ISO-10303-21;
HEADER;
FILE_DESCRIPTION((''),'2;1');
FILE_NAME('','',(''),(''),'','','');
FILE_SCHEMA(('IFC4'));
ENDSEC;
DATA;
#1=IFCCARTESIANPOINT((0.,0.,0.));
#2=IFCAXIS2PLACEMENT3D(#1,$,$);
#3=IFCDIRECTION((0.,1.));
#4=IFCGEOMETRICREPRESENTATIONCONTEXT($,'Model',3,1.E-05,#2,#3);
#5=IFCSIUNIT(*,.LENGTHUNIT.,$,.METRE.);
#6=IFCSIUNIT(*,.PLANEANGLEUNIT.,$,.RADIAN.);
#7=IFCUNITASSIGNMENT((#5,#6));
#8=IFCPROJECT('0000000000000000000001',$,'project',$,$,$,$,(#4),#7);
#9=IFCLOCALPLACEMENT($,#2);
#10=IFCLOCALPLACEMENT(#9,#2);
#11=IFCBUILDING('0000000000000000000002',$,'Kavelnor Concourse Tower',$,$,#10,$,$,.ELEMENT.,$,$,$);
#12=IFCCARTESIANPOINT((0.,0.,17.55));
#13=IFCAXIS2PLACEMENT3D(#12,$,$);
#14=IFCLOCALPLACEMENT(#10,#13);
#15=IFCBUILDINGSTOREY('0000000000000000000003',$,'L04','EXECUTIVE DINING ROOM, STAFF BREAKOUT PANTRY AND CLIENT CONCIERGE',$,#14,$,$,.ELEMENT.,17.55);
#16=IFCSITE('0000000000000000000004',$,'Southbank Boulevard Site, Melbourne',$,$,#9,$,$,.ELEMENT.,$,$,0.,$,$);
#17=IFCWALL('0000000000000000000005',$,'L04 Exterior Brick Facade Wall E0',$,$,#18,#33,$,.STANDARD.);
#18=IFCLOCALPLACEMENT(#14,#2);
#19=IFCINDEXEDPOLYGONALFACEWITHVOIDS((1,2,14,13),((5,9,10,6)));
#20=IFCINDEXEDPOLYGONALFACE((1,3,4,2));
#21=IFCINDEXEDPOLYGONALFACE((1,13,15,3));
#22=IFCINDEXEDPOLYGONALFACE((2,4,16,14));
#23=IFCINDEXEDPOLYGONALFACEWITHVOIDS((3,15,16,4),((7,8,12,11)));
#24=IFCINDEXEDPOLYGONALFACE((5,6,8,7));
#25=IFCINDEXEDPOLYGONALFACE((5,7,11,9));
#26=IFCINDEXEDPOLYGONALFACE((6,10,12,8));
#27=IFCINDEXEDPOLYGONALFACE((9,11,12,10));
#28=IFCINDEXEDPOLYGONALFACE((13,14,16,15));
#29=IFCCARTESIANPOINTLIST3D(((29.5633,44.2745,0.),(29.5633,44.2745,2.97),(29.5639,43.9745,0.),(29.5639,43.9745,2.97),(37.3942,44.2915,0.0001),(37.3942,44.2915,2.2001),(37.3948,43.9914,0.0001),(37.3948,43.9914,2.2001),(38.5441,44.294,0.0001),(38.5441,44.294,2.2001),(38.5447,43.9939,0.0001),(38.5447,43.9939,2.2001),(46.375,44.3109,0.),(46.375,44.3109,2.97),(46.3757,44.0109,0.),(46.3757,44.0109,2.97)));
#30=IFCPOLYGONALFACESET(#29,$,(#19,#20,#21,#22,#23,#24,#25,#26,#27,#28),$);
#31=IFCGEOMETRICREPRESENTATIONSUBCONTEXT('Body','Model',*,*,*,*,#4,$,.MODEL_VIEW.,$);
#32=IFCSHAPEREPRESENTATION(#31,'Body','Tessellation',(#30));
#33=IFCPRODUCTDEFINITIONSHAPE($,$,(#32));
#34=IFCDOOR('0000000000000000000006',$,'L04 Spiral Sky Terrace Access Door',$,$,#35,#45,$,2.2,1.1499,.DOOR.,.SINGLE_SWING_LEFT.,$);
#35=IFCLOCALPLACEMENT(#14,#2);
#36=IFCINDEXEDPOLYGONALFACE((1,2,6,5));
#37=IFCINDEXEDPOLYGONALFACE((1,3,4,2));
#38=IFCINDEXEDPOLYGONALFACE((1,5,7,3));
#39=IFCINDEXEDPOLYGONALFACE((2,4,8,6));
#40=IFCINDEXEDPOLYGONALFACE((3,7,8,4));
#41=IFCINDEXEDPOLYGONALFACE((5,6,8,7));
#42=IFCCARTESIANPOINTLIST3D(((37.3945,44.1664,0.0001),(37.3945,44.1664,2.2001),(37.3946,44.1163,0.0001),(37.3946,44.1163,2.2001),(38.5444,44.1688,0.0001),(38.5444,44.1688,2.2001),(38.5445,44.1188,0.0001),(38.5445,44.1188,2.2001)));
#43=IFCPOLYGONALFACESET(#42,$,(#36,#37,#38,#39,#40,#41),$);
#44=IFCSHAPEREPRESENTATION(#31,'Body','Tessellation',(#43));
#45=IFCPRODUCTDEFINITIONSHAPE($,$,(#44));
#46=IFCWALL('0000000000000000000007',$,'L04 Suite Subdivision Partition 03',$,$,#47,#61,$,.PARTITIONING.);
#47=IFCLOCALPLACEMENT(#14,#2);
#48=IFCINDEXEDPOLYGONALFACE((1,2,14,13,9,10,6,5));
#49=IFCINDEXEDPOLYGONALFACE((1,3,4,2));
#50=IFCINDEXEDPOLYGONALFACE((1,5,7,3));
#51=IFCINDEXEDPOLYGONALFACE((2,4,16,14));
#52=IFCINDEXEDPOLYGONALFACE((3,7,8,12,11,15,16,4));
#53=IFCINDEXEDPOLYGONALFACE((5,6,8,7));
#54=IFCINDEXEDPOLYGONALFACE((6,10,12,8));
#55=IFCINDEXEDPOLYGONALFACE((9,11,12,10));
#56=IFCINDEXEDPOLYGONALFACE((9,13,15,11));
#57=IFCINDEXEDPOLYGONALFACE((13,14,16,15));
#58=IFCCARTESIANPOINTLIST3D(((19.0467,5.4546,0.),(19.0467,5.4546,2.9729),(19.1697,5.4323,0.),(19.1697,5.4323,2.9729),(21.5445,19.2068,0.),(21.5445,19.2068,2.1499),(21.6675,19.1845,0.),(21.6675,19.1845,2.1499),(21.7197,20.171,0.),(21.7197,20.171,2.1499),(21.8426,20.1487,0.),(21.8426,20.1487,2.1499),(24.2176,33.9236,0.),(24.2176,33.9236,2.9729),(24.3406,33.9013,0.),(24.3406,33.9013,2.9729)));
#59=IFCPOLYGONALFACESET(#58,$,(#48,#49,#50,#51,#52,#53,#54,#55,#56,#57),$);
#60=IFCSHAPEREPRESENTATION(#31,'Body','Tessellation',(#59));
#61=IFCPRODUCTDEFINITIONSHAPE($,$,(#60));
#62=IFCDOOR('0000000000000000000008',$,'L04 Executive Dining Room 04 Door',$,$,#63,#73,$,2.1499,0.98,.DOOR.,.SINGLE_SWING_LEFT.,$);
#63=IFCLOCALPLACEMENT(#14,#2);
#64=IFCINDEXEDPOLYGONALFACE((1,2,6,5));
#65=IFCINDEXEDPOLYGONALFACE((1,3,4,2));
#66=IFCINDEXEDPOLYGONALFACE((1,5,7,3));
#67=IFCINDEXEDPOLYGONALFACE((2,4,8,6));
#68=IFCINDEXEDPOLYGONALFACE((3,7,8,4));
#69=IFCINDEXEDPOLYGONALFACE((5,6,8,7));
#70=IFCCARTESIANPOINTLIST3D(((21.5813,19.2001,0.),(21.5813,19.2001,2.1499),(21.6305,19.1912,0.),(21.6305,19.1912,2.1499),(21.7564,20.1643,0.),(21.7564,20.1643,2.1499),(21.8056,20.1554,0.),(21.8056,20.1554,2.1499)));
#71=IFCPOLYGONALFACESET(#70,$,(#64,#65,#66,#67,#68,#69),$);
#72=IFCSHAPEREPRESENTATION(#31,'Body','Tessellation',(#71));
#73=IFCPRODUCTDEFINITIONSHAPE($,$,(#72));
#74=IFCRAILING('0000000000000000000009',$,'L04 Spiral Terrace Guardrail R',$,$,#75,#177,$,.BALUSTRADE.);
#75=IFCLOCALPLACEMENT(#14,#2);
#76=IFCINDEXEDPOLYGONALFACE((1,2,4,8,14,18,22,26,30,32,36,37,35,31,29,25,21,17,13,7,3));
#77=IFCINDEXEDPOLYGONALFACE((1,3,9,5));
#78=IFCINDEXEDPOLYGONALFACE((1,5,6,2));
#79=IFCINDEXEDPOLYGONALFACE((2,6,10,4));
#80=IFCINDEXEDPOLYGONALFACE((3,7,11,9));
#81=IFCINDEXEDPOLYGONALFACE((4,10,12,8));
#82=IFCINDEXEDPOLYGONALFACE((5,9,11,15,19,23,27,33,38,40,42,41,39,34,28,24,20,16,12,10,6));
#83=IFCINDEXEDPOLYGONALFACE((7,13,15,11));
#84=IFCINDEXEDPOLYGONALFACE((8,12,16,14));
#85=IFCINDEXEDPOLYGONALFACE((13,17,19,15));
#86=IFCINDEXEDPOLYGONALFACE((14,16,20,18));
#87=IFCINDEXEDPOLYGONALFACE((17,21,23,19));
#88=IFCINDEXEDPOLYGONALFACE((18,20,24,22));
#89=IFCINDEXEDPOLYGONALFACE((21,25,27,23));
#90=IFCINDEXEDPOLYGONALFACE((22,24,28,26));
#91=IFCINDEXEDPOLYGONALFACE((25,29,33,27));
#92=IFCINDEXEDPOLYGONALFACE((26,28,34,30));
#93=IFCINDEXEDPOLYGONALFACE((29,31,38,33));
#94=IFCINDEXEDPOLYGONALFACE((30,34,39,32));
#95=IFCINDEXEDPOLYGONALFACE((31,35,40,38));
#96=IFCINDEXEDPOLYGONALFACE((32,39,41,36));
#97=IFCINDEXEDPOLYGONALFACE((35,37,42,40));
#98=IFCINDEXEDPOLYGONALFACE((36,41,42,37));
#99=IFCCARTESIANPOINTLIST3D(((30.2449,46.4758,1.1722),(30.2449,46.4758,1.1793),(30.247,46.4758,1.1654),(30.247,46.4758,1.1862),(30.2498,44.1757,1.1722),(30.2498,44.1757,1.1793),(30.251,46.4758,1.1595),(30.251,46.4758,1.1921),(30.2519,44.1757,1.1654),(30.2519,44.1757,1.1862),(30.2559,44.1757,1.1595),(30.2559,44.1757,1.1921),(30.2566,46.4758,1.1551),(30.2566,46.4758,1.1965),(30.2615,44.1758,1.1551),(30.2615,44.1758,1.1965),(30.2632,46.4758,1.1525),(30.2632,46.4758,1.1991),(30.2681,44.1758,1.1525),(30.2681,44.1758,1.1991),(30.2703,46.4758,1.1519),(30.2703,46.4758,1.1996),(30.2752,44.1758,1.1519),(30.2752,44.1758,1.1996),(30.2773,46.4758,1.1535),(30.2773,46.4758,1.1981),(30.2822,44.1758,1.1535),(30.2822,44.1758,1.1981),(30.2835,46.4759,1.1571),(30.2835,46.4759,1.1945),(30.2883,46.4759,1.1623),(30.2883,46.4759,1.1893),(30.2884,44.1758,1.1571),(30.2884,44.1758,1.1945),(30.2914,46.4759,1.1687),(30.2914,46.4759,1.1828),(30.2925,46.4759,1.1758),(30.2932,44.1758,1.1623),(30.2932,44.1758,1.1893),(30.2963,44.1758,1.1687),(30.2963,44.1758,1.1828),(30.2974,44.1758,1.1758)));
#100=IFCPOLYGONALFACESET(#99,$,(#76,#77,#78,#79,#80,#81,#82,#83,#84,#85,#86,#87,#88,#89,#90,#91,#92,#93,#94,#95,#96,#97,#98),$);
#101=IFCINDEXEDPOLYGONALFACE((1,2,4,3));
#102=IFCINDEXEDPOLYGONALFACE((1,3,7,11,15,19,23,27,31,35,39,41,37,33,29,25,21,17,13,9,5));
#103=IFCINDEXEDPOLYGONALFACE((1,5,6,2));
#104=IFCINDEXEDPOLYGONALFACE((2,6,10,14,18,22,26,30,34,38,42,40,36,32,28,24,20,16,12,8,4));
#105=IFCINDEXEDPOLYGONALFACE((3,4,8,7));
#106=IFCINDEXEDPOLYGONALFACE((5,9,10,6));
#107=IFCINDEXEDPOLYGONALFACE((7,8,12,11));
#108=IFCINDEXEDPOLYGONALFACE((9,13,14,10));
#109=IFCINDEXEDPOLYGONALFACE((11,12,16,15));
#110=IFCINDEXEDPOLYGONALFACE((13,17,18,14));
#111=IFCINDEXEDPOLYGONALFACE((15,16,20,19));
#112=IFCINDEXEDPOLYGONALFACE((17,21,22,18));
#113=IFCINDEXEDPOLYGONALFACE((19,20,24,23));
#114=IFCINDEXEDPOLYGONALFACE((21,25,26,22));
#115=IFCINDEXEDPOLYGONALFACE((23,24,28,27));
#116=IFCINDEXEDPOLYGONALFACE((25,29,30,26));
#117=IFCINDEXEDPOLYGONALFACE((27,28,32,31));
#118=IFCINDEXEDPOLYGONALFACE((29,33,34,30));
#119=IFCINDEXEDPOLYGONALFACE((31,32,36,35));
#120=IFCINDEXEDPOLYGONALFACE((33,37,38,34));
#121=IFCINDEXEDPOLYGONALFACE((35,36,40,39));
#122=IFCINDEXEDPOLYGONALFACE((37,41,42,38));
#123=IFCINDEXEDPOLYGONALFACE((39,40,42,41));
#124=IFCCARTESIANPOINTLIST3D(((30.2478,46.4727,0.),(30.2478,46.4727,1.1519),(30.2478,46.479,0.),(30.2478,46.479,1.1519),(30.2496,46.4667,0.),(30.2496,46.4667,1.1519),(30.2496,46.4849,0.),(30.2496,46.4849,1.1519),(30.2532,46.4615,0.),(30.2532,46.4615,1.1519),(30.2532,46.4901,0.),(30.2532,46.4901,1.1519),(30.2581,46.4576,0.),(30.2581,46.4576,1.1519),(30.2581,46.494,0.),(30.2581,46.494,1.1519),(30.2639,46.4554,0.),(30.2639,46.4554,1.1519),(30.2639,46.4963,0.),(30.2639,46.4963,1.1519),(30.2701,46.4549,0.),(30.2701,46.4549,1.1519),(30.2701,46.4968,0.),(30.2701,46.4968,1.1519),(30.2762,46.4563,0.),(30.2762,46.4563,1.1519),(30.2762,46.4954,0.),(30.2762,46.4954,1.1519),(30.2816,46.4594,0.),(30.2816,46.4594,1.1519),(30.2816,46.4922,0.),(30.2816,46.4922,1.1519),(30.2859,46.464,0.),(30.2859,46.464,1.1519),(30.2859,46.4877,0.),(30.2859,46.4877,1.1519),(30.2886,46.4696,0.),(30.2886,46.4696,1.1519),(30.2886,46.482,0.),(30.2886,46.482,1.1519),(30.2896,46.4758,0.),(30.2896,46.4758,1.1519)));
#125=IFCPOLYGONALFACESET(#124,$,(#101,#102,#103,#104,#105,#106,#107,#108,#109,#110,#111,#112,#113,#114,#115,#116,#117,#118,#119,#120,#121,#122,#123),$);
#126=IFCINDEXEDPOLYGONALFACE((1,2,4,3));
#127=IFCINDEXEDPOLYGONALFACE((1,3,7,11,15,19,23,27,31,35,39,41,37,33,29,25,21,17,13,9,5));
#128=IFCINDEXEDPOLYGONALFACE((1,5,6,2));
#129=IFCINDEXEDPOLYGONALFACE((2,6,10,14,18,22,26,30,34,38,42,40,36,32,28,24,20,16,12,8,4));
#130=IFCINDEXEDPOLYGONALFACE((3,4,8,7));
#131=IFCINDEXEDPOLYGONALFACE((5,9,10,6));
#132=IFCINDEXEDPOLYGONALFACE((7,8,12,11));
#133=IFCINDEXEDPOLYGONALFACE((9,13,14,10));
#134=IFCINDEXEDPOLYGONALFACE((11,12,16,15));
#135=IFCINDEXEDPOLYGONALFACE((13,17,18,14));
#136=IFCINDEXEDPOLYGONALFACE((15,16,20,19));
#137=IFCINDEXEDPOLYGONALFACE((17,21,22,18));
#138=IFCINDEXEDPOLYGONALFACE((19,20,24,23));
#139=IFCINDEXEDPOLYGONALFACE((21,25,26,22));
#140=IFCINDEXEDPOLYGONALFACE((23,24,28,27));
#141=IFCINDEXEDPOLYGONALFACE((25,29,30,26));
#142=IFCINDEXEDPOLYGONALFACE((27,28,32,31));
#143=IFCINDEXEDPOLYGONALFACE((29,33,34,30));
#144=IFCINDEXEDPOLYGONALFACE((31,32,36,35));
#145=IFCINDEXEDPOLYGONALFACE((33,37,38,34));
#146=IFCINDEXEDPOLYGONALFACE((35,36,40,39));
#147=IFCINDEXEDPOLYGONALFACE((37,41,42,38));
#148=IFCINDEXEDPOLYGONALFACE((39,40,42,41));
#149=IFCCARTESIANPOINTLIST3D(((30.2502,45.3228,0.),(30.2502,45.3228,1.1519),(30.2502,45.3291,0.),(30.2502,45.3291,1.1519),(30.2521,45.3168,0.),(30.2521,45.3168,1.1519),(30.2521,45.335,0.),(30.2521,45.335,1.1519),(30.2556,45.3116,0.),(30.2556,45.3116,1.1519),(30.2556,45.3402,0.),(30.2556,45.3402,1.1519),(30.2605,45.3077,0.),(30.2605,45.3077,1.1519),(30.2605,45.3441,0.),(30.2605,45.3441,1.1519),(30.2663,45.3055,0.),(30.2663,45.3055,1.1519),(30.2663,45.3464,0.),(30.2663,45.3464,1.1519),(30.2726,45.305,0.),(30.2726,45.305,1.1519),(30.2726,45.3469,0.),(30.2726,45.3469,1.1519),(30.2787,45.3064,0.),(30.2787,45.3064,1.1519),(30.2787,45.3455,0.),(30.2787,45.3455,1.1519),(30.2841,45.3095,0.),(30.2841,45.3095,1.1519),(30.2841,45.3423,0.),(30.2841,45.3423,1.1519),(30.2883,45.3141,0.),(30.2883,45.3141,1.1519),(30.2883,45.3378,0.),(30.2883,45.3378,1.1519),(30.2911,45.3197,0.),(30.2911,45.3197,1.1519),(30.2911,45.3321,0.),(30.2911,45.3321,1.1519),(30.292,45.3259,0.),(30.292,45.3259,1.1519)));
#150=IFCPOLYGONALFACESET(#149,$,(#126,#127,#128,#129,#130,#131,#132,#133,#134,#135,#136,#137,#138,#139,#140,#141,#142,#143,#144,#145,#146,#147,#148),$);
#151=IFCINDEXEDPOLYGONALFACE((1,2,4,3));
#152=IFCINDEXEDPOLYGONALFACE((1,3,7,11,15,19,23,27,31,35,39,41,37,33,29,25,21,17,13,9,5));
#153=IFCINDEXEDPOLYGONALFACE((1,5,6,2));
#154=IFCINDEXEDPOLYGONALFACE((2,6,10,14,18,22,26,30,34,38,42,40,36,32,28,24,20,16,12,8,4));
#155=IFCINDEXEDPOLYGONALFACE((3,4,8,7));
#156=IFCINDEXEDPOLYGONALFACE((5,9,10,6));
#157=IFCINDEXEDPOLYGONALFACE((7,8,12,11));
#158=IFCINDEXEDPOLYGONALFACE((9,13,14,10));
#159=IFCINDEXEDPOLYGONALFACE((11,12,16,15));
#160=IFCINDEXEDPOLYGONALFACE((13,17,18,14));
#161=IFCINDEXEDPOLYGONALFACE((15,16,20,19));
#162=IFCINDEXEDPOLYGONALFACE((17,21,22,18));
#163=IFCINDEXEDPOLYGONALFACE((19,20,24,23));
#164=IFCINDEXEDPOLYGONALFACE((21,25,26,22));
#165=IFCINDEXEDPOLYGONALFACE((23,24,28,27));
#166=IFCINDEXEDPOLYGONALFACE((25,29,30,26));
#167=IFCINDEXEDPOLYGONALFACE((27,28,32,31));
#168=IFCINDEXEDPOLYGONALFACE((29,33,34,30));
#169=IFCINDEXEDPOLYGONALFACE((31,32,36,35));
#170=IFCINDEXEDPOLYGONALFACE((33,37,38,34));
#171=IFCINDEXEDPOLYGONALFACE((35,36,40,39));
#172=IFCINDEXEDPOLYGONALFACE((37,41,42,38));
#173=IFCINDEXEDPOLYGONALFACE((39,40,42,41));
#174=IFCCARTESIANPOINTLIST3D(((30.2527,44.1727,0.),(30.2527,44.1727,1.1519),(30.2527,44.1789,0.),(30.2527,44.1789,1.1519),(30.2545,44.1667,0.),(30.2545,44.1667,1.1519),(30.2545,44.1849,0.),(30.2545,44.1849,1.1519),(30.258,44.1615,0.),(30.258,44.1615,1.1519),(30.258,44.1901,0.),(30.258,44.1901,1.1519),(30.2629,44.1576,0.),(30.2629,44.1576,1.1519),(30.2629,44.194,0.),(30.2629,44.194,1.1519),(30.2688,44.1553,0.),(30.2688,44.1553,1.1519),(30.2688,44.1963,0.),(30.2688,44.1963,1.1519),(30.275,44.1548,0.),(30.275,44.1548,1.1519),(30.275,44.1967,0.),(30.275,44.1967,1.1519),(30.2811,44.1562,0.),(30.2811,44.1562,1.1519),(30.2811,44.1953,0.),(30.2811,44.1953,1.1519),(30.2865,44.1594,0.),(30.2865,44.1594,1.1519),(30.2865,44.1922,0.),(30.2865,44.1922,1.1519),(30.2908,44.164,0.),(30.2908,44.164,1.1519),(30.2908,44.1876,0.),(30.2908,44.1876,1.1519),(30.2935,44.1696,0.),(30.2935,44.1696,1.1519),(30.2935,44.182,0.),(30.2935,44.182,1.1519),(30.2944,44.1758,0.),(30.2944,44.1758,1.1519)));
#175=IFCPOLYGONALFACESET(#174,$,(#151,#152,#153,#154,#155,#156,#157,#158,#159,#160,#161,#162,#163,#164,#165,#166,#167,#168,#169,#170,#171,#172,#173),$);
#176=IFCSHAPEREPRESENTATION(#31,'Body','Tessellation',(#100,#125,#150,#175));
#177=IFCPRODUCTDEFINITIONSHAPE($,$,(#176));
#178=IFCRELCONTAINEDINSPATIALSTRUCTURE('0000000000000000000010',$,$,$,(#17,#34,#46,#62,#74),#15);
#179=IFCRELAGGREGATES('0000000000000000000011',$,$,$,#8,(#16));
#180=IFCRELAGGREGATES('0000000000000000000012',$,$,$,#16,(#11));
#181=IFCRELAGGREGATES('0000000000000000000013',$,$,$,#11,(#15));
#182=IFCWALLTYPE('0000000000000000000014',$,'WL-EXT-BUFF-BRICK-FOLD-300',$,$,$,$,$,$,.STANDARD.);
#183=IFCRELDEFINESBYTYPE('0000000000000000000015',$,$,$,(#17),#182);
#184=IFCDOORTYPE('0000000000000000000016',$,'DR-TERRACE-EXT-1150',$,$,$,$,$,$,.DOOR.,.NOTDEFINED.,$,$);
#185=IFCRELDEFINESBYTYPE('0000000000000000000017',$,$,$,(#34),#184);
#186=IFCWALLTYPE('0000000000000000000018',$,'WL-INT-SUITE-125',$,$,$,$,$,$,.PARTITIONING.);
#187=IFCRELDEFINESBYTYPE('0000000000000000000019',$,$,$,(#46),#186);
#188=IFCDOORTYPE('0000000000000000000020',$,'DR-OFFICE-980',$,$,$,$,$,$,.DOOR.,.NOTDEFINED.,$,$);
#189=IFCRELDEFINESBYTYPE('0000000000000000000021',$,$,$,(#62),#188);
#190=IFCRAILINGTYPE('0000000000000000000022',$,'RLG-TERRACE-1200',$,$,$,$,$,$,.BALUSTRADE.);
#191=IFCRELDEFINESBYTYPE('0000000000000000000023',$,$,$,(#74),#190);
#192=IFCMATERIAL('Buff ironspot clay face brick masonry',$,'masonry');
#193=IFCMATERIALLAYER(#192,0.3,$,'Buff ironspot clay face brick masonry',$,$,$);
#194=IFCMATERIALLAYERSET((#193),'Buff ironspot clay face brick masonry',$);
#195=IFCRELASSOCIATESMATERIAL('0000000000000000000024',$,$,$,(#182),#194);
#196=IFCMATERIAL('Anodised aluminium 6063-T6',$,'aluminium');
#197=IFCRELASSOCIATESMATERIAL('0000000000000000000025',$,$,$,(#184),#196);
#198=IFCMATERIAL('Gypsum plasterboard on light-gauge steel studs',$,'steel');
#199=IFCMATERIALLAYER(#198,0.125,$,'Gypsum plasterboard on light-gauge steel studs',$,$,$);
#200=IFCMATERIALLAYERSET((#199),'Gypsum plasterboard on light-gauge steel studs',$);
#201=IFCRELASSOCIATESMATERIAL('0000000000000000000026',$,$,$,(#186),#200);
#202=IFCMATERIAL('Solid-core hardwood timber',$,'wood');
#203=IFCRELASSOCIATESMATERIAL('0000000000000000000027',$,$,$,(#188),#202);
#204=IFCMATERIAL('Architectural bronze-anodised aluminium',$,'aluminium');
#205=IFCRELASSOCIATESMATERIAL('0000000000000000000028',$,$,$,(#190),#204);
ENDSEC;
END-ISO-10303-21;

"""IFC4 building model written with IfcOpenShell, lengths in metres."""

from ifc_helpers import new_model, si_unit, direction, frame, frame_2d, origin, origin_2d, place, context, subcontext, project, spatial, rectangle, circle, extrude, material, layer, layer_set, type_object, element, fill, save


model = new_model("IFC4")

# Units and contexts
model_context = context("Model", 3, precision=1e-05, world=origin(), true_north=direction((0.0, 1.0)))
body_context = subcontext(model_context, "Body", "Model", "MODEL_VIEW")
ifc_project = project(units=[si_unit("LENGTHUNIT", "METRE"), si_unit("PLANEANGLEUNIT", "RADIAN")], contexts=[model_context])

# Site, building, storey
site_placement = place(None, origin())
site = spatial("IfcSite", under=ifc_project, at=site_placement, Name="Southbank Boulevard Site, Melbourne", CompositionType="ELEMENT", RefElevation=0.0)
building_placement = place(site_placement, origin())
building = spatial("IfcBuilding", under=site, at=building_placement, Name="Kavelnor Concourse Tower", CompositionType="ELEMENT")
storey_placement = place(building_placement, frame((0.0, 0.0, 17.55)))
storey = spatial("IfcBuildingStorey", under=building, at=storey_placement, Name="L04", Description="EXECUTIVE DINING ROOM, STAFF BREAKOUT PANTRY AND CLIENT CONCIERGE", CompositionType="ELEMENT", Elevation=17.55)

# Shared definitions
ifc_material_1 = material(Name="Anodised aluminium 6063-T6", Category="aluminium")

# Walls, openings, doors
ifc_material_2 = material(Name="Buff ironspot clay face brick masonry", Category="masonry")
ifc_layer_1 = layer(ifc_material_2, 0.3, Name="Buff ironspot clay face brick masonry")
ifc_layer_set_1 = layer_set([ifc_layer_1], Name="Buff ironspot clay face brick masonry")
wall_type_1 = type_object("IfcWallType", Name="WL-EXT-BUFF-BRICK-FOLD-300", PredefinedType="STANDARD", material=ifc_layer_set_1)
wall_1_placement = place(storey_placement, frame((29.5637, 44.1245, 0.0), z_axis=(0.0, 0.0, 1.0), x_axis=(0.999998, 0.002164, 0.0)))
wall_1 = element("IfcWall", 1, at=wall_1_placement, inside=storey, type_object=wall_type_1, Name="L04 Exterior Brick Facade Wall E0", PredefinedType="STANDARD", context=body_context, shape_type="SweptSolid", body=[
    extrude(rectangle(XDim=16.8118, YDim=0.3, at=frame_2d((8.4058, 0.0))), origin(), (0.0, 0.0, 1.0), 2.97),
])
opening_1_placement = place(wall_1_placement, frame((7.8308, 0.0, 0.0)))
opening_1 = element("IfcOpeningElement", 2, at=opening_1_placement, cuts=wall_1, PredefinedType="OPENING", context=body_context, shape_type="SweptSolid", body=[
    extrude(rectangle(XDim=1.1499, YDim=2.2, at=frame_2d((0.575, 1.1001))), frame((0.0, 0.1602, 0.0), z_axis=(0.0, -1.0, 0.0), x_axis=(1.0, 0.0, 0.0)), (0.0, 0.0, 1.0), 0.3201),
])
door_type_1 = type_object("IfcDoorType", Name="DR-TERRACE-EXT-1150", OperationType="NOTDEFINED", PredefinedType="DOOR", material=ifc_material_1)
door_1_placement = place(opening_1_placement, origin())
door_1 = element("IfcDoor", 3, at=door_1_placement, inside=storey, type_object=door_type_1, Name="L04 Spiral Sky Terrace Access Door", OperationType="SINGLE_SWING_LEFT", OverallHeight=2.2, OverallWidth=1.1499, PredefinedType="DOOR", context=body_context, shape_type="SweptSolid", body=[
    extrude(rectangle(XDim=1.1499, YDim=2.2, at=frame_2d((0.575, 1.1001))), frame((0.0, 0.0249, 0.0), z_axis=(0.0, -1.0, 0.0), x_axis=(1.0, 0.0, 0.0)), (0.0, 0.0, 1.0), 0.05),
])
fill(opening_1, door_1)
ifc_material_3 = material(Name="Gypsum plasterboard on light-gauge steel studs", Category="steel")
ifc_layer_2 = layer(ifc_material_3, 0.125, Name="Gypsum plasterboard on light-gauge steel studs")
ifc_layer_set_2 = layer_set([ifc_layer_2], Name="Gypsum plasterboard on light-gauge steel studs")
wall_type_2 = type_object("IfcWallType", Name="WL-INT-SUITE-125", PredefinedType="PARTITIONING", material=ifc_layer_set_2)
wall_2_placement = place(storey_placement, frame((24.2791, 33.9124, 0.0), z_axis=(0.0, 0.0, 1.0), x_axis=(-0.178709, -0.983902, 0.0)))
wall_2 = element("IfcWall", 4, at=wall_2_placement, inside=storey, type_object=wall_type_2, Name="L04 Suite Subdivision Partition 03", PredefinedType="PARTITIONING", context=body_context, shape_type="SweptSolid", body=[
    extrude(rectangle(XDim=28.9348, YDim=0.125, at=frame_2d((14.4673, 0.0))), origin(), (0.0, 0.0, 1.0), 2.9729),
])
opening_2_placement = place(wall_2_placement, frame((13.9775, 0.0, 0.0)))
opening_2 = element("IfcOpeningElement", 5, at=opening_2_placement, cuts=wall_2, PredefinedType="OPENING", context=body_context, shape_type="SweptSolid", body=[
    extrude(rectangle(XDim=0.98, YDim=2.1499, at=frame_2d((0.49, 1.075))), frame((0.0, 0.0725, 0.0), z_axis=(0.0, -1.0, 0.0), x_axis=(1.0, 0.0, 0.0)), (0.0, 0.0, 1.0), 0.145),
])
ifc_material_4 = material(Name="Solid-core hardwood timber", Category="wood")
door_type_2 = type_object("IfcDoorType", Name="DR-OFFICE-980", OperationType="NOTDEFINED", PredefinedType="DOOR", material=ifc_material_4)
door_2_placement = place(opening_2_placement, origin())
door_2 = element("IfcDoor", 6, at=door_2_placement, inside=storey, type_object=door_type_2, Name="L04 Executive Dining Room 04 Door", OperationType="SINGLE_SWING_LEFT", OverallHeight=2.1499, OverallWidth=0.98, PredefinedType="DOOR", context=body_context, shape_type="SweptSolid", body=[
    extrude(rectangle(XDim=0.98, YDim=2.1499, at=frame_2d((0.49, 1.075))), frame((0.0, 0.0249, 0.0), z_axis=(0.0, -1.0, 0.0), x_axis=(1.0, 0.0, 0.0)), (0.0, 0.0, 1.0), 0.05),
])
fill(opening_2, door_2)

# Railing
ifc_material_5 = material(Name="Architectural bronze-anodised aluminium", Category="aluminium")
railing_type = type_object("IfcRailingType", Name="RLG-TERRACE-1200", PredefinedType="BALUSTRADE", material=ifc_material_5)
railing_placement = place(storey_placement, frame((30.2686, 46.4758, 0.0)))
element("IfcRailing", 7, at=railing_placement, inside=storey, type_object=railing_type, Name="L04 Spiral Terrace Guardrail R", PredefinedType="BALUSTRADE", context=body_context, shape_type="SweptSolid", body=[
    extrude(circle(Radius=0.0239, at=origin_2d()), frame((0.0, 0.0, 1.1758), z_axis=(0.002123, -0.999998, 0.0), x_axis=(0.999998, 0.002123, 0.0)), (0.0, 0.0, 1.0), 2.3),
    extrude(circle(Radius=0.021, at=origin_2d()), origin(), (0.0, 0.0, 1.0), 1.1519),
    extrude(circle(Radius=0.021, at=origin_2d()), frame((0.0024, -1.1499, 0.0)), (0.0, 0.0, 1.0), 1.1519),
    extrude(circle(Radius=0.021, at=origin_2d()), frame((0.0049, -2.3, 0.0)), (0.0, 0.0, 1.0), 1.1519),
])

save(model, "model.ifc")
